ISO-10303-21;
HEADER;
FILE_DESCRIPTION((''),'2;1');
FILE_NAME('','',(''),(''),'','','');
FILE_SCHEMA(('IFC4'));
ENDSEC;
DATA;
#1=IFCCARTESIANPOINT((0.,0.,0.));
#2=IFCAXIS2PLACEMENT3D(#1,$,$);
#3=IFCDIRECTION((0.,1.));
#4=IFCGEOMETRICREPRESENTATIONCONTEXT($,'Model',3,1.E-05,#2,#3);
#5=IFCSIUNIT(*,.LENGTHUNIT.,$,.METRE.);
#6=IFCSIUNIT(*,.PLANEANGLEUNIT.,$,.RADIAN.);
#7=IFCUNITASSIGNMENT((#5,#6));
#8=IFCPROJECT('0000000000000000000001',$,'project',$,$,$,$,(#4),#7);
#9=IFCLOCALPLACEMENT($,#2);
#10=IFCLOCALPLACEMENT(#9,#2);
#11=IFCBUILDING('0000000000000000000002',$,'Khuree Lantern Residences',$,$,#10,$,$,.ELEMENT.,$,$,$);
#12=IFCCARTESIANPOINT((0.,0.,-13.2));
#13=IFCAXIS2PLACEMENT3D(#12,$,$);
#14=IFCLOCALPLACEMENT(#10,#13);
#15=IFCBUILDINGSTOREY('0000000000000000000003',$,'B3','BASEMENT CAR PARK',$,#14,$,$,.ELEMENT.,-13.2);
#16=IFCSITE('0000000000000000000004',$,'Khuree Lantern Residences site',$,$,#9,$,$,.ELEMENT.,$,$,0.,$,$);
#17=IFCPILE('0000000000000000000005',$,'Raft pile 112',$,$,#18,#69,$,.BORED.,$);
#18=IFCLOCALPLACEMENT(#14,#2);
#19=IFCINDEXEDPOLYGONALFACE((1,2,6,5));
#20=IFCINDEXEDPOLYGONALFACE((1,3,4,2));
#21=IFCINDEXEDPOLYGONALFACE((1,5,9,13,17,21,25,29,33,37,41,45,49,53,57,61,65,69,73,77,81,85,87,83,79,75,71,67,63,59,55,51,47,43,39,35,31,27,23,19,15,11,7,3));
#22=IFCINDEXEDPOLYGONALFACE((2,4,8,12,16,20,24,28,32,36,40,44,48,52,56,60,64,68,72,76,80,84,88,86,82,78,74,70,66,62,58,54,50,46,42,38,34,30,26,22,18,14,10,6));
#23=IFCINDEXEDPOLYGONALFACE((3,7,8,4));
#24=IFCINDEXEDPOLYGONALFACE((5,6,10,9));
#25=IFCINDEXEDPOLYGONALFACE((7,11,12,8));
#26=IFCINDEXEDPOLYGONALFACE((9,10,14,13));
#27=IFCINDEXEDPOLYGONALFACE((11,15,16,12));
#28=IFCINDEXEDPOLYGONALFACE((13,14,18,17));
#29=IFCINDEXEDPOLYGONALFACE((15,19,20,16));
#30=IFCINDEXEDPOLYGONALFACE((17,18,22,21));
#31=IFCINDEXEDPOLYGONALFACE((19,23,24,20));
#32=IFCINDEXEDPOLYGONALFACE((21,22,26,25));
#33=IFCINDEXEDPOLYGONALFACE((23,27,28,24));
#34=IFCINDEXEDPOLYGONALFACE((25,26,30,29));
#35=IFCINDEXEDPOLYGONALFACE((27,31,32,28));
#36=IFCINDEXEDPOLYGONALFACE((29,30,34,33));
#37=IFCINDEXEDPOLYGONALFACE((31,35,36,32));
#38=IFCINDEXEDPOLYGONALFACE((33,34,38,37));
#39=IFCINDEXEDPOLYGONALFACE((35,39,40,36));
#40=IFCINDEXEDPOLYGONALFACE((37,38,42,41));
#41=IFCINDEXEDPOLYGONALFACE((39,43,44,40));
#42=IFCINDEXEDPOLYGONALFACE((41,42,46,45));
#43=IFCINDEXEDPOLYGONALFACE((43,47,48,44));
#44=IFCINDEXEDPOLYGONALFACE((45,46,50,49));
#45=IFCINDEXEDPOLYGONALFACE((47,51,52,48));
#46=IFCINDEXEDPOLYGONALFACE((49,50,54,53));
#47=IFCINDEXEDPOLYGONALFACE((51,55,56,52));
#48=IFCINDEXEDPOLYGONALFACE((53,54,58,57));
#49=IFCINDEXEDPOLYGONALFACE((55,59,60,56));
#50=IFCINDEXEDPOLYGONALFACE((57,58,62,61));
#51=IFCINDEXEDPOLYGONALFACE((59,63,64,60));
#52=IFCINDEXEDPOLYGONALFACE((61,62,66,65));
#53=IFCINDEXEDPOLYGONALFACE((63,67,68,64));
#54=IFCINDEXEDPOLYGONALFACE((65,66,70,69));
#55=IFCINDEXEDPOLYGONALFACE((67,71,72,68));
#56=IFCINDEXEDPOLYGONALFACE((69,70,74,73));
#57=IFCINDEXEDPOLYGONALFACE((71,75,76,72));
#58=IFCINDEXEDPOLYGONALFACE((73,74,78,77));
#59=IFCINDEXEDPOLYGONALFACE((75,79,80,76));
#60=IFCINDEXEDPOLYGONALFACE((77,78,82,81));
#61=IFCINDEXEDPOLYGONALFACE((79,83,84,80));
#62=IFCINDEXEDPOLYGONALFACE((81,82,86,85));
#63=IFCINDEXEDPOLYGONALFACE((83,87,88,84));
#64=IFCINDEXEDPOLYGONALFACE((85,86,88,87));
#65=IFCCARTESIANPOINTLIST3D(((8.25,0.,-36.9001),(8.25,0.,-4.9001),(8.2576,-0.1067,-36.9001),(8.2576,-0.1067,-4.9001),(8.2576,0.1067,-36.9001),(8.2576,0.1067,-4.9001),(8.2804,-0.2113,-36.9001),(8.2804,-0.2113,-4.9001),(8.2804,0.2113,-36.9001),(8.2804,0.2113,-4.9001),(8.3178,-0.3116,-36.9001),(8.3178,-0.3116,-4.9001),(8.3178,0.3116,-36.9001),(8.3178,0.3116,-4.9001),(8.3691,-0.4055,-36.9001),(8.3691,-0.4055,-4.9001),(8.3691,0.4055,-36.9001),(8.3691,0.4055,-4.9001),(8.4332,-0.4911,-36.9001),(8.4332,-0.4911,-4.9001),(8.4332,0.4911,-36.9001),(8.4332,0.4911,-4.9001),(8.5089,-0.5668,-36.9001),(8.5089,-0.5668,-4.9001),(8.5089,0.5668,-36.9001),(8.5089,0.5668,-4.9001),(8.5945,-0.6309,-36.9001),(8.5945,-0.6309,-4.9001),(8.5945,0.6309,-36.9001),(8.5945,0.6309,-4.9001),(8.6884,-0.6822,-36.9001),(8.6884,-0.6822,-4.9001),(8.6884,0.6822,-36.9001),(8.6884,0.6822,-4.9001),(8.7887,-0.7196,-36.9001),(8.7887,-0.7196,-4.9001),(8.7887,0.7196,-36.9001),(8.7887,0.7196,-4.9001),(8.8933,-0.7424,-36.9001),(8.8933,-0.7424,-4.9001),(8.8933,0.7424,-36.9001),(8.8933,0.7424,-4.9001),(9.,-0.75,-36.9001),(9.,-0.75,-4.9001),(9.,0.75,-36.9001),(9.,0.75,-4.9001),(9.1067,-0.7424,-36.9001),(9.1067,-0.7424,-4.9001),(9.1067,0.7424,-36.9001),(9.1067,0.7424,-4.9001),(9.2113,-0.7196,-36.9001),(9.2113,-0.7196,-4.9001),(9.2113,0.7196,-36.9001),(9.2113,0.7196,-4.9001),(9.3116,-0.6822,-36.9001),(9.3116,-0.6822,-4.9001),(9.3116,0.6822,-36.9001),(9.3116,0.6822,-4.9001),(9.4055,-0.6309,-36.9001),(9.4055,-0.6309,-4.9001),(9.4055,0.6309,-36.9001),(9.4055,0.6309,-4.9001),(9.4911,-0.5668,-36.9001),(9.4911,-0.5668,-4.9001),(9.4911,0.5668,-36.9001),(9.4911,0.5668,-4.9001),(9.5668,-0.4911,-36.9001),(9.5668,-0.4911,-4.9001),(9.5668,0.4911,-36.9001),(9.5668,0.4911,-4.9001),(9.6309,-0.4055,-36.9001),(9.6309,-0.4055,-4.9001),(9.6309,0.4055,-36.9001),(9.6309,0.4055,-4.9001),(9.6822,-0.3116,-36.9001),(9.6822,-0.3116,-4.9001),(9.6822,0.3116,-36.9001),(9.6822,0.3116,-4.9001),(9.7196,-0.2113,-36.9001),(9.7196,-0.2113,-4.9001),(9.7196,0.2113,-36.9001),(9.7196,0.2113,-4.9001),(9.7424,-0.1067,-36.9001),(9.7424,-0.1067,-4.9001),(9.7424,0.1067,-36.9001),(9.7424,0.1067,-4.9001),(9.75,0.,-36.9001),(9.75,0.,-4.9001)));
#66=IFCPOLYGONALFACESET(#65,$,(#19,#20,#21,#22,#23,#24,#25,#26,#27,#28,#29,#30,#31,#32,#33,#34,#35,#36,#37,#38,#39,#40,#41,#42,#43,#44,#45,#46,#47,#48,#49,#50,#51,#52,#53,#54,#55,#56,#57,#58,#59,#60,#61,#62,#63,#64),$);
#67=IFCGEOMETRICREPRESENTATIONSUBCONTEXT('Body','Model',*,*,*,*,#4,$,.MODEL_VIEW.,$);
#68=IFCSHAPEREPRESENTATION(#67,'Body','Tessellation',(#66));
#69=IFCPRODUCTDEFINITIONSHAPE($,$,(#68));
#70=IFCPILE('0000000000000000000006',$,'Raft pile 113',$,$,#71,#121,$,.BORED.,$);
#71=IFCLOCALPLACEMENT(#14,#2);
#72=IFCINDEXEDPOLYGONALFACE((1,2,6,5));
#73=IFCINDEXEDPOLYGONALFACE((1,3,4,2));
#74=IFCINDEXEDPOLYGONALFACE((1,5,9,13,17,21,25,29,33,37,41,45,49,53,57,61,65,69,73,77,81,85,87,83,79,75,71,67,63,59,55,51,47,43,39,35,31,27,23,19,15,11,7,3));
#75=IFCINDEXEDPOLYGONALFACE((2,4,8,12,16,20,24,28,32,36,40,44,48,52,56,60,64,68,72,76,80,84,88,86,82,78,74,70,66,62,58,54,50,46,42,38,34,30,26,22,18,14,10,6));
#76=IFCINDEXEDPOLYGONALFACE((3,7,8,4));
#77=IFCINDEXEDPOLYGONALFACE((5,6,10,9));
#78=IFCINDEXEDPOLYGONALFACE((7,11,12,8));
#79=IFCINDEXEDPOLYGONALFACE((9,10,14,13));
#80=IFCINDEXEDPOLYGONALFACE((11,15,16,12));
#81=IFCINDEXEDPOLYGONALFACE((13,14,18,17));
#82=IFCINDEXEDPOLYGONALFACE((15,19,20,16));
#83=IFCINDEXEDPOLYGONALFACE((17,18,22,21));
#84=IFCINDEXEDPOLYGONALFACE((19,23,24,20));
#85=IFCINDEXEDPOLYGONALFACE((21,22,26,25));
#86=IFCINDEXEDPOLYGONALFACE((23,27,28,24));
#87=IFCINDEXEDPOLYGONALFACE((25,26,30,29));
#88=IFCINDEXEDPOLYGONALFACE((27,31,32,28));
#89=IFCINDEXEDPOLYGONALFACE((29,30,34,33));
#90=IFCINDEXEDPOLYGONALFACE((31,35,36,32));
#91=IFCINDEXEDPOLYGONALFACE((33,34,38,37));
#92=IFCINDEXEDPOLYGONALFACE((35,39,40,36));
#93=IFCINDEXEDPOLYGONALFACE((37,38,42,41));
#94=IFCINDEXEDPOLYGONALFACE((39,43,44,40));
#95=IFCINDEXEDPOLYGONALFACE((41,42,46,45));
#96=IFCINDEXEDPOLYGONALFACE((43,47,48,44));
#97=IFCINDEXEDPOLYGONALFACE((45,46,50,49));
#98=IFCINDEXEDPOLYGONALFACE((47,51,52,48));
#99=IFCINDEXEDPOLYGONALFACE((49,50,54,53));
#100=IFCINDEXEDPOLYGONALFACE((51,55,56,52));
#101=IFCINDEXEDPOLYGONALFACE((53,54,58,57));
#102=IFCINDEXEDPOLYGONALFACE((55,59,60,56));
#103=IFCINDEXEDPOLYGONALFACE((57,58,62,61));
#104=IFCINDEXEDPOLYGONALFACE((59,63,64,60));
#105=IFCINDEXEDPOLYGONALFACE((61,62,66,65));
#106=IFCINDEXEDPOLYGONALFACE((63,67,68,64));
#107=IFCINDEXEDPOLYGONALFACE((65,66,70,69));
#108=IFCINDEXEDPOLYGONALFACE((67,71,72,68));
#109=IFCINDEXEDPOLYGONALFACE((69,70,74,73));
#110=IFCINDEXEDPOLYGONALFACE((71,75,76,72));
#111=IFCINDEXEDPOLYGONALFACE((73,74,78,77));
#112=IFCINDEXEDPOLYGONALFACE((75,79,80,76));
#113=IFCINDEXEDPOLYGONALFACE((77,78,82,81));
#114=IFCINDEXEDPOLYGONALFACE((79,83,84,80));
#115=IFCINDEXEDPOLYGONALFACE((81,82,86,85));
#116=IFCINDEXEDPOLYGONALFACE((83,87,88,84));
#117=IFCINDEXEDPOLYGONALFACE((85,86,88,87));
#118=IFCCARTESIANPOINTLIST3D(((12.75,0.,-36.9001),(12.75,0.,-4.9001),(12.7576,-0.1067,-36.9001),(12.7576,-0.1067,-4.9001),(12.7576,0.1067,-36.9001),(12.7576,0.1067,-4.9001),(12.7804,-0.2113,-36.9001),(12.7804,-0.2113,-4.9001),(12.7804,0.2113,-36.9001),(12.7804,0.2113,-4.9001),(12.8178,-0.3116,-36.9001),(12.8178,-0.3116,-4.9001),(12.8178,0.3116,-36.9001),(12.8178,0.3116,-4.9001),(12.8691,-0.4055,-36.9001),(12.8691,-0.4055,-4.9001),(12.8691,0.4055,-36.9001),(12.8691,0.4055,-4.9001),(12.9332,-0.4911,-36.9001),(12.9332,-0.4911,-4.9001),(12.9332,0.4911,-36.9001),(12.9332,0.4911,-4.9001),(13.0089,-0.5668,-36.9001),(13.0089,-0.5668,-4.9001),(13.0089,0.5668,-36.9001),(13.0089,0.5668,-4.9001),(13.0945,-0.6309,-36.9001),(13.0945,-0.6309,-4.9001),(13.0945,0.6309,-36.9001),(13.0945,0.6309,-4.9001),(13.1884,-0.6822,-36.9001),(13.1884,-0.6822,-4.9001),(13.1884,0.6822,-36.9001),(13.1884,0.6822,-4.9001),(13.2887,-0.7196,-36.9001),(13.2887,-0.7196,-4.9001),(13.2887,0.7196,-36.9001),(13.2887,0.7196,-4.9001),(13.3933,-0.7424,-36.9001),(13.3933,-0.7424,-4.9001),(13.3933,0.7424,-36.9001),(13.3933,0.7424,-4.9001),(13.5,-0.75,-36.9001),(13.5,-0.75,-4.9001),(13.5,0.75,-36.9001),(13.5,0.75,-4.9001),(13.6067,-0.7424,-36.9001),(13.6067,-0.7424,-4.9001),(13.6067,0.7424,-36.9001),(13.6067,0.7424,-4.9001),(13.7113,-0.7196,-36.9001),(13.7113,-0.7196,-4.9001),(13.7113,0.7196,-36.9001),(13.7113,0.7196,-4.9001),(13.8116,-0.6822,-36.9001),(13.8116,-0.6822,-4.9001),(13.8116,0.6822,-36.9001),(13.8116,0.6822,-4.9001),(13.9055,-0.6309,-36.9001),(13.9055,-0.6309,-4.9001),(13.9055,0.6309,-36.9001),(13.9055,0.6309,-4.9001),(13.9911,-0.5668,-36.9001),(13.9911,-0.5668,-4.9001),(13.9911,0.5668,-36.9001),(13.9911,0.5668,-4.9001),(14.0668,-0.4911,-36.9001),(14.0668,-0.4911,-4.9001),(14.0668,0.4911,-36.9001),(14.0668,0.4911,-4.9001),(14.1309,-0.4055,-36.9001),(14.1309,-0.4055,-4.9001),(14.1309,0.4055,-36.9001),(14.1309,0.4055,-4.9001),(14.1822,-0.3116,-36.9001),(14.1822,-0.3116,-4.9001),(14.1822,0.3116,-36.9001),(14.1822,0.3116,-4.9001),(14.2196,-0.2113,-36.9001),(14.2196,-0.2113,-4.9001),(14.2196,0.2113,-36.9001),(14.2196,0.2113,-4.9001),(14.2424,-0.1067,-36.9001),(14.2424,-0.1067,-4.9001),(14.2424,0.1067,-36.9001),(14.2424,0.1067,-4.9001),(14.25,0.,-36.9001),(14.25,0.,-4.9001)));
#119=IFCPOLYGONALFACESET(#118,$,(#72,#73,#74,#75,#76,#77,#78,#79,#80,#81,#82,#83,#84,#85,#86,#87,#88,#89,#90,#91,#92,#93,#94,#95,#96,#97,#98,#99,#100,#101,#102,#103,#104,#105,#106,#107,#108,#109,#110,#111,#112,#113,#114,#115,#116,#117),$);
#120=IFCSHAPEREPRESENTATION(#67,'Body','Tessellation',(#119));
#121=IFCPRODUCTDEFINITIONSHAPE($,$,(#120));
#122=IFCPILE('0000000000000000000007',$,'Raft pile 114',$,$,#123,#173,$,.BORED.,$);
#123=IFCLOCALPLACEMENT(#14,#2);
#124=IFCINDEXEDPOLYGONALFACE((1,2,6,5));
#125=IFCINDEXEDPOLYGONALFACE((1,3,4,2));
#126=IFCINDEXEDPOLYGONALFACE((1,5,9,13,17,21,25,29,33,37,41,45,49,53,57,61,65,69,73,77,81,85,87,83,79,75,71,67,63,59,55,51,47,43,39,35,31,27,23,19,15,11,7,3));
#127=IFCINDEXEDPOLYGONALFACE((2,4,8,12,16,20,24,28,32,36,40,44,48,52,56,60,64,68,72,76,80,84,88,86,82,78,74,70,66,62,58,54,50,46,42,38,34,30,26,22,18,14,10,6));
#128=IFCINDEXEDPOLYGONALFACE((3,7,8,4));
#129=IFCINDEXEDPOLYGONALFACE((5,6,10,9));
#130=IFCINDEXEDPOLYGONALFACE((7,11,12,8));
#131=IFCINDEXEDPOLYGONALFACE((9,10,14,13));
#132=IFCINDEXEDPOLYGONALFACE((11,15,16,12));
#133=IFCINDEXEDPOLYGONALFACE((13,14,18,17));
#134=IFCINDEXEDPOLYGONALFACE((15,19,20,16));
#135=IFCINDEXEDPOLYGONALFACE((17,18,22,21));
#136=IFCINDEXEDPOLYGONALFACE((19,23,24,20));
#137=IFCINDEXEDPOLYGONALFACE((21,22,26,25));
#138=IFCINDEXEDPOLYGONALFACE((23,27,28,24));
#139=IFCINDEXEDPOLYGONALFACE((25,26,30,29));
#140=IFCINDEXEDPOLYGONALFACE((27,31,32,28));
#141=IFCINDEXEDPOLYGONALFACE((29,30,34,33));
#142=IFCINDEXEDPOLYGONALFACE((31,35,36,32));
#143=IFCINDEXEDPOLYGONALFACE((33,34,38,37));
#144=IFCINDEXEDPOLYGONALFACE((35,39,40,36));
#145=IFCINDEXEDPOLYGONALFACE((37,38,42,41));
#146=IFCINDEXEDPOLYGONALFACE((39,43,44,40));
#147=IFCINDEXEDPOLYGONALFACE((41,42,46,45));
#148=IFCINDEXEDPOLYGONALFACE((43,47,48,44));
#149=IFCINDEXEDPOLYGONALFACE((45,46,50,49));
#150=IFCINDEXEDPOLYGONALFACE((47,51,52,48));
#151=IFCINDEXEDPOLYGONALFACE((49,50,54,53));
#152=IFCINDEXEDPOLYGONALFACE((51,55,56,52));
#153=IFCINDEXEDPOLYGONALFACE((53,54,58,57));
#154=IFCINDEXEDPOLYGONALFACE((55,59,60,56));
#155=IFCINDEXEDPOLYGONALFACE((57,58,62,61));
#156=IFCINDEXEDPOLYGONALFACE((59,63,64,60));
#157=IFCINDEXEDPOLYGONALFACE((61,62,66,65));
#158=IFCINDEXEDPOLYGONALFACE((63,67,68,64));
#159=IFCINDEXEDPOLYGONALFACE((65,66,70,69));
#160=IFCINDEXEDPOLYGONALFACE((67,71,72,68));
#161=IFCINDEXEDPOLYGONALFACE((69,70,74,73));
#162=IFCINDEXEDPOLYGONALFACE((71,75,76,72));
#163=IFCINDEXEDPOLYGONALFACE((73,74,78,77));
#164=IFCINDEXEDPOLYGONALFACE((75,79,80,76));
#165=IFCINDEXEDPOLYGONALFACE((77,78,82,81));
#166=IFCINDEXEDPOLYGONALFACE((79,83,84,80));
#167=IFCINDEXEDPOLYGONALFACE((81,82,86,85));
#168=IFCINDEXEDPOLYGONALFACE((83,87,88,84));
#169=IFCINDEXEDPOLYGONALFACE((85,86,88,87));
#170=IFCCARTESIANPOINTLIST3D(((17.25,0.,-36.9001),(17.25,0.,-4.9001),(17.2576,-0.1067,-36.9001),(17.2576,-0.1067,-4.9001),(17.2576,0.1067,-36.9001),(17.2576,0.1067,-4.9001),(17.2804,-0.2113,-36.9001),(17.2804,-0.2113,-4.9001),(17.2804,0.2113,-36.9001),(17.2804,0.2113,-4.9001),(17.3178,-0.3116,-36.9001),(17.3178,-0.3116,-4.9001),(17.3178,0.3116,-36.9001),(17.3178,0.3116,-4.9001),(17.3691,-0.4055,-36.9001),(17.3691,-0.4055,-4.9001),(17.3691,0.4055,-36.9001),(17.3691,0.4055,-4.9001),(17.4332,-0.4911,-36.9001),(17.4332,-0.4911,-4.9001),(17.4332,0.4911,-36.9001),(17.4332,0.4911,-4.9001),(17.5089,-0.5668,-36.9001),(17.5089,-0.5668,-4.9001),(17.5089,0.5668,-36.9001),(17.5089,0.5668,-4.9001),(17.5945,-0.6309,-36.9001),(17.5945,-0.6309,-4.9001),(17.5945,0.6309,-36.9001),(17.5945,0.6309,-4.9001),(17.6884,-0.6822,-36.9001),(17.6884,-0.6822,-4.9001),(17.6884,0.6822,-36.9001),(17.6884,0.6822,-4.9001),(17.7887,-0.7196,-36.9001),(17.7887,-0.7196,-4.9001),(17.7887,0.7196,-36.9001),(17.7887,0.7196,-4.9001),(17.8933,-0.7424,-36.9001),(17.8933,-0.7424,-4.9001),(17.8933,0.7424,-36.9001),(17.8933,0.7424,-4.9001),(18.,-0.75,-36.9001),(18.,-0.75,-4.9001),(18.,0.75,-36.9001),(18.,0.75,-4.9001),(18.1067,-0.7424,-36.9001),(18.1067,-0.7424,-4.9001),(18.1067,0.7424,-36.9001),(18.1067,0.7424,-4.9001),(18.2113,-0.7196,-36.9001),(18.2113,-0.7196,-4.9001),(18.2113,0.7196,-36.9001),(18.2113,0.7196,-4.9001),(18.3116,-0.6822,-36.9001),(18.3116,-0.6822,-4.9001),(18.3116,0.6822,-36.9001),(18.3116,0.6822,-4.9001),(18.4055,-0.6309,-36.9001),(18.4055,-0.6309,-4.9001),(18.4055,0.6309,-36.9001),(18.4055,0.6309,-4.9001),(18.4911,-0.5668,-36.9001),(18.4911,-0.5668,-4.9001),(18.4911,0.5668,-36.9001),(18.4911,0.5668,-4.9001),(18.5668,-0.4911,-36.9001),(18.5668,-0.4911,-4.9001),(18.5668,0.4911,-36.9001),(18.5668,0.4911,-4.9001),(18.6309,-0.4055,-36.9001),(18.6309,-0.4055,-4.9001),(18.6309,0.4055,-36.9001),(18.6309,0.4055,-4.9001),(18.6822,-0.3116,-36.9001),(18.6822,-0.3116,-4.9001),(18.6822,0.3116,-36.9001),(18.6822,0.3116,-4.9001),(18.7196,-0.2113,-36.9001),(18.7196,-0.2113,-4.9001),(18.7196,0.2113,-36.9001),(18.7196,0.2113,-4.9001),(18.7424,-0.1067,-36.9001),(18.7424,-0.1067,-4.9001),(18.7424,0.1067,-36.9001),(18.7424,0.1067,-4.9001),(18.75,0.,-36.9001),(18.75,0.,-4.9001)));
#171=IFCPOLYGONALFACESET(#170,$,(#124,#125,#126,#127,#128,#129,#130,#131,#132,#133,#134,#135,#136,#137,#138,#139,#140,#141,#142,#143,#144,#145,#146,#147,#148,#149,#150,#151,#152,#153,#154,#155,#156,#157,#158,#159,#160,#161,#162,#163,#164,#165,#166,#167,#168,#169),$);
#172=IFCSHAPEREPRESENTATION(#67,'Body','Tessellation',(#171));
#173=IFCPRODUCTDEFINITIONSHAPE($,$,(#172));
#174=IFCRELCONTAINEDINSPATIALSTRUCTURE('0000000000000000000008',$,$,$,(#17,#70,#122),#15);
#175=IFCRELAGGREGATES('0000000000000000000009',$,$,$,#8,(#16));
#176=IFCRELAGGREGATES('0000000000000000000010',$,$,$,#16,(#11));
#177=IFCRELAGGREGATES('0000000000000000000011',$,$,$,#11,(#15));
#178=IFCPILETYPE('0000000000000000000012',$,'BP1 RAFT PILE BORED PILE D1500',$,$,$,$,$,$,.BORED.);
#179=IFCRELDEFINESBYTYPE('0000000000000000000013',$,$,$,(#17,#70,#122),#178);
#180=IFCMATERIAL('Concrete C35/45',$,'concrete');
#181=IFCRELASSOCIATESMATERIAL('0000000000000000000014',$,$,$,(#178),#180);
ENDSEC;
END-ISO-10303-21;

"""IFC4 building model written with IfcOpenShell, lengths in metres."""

from ifc_helpers import new_model, si_unit, direction, frame, origin, origin_2d, place, context, subcontext, project, spatial, circle, extrude, material, material_profile, profile_set, type_object, element, save


model = new_model("IFC4")

# Units and contexts
model_context = context("Model", 3, precision=1e-05, world=origin(), true_north=direction((0.0, 1.0)))
body_context = subcontext(model_context, "Body", "Model", "MODEL_VIEW")
ifc_project = project(units=[si_unit("LENGTHUNIT", "METRE"), si_unit("PLANEANGLEUNIT", "RADIAN")], contexts=[model_context])

# Site, building, storey
site_placement = place(None, origin())
site = spatial("IfcSite", under=ifc_project, at=site_placement, Name="Khuree Lantern Residences site", CompositionType="ELEMENT", RefElevation=0.0)
building_placement = place(site_placement, origin())
building = spatial("IfcBuilding", under=site, at=building_placement, Name="Khuree Lantern Residences", CompositionType="ELEMENT")
storey_placement = place(building_placement, frame((0.0, 0.0, -13.2)))
storey = spatial("IfcBuildingStorey", under=building, at=storey_placement, Name="B3", Description="BASEMENT CAR PARK", CompositionType="ELEMENT", Elevation=-13.2)

# Piles
ifc_material_1 = material(Name="Concrete C35/45", Category="concrete")
ifc_material_profile = material_profile(ifc_material_1, circle(Radius=0.75, at=origin_2d()), Name="BORED PILE D1500")
ifc_profile_set = profile_set([ifc_material_profile], Name="Concrete C35/45")
pile_type = type_object("IfcPileType", Name="BP1 RAFT PILE BORED PILE D1500", PredefinedType="BORED", material=ifc_profile_set)
for number, where, z_axis, x_axis, name in (
    (1, (9.0, 0.0, -4.9001), (0.0, 0.0, -1.0), (1.0, 0.0, 0.0), "Raft pile 112"),
    (2, (13.5, 0.0, -4.9001), (0.0, 0.0, -1.0), (1.0, 0.0, 0.0), "Raft pile 113"),
    (3, (18.0, 0.0, -4.9001), (0.0, 0.0, -1.0), (1.0, 0.0, 0.0), "Raft pile 114"),
):
    element("IfcPile", number, at=place(storey_placement, frame(where, z_axis=z_axis, x_axis=x_axis)), inside=storey, type_object=pile_type, Name=name, PredefinedType="BORED", context=body_context, shape_type="SweptSolid", body=[
        extrude(circle(Radius=0.75, at=origin_2d()), origin(), (0.0, 0.0, 1.0), 32.0),
    ])

save(model, "model.ifc")
